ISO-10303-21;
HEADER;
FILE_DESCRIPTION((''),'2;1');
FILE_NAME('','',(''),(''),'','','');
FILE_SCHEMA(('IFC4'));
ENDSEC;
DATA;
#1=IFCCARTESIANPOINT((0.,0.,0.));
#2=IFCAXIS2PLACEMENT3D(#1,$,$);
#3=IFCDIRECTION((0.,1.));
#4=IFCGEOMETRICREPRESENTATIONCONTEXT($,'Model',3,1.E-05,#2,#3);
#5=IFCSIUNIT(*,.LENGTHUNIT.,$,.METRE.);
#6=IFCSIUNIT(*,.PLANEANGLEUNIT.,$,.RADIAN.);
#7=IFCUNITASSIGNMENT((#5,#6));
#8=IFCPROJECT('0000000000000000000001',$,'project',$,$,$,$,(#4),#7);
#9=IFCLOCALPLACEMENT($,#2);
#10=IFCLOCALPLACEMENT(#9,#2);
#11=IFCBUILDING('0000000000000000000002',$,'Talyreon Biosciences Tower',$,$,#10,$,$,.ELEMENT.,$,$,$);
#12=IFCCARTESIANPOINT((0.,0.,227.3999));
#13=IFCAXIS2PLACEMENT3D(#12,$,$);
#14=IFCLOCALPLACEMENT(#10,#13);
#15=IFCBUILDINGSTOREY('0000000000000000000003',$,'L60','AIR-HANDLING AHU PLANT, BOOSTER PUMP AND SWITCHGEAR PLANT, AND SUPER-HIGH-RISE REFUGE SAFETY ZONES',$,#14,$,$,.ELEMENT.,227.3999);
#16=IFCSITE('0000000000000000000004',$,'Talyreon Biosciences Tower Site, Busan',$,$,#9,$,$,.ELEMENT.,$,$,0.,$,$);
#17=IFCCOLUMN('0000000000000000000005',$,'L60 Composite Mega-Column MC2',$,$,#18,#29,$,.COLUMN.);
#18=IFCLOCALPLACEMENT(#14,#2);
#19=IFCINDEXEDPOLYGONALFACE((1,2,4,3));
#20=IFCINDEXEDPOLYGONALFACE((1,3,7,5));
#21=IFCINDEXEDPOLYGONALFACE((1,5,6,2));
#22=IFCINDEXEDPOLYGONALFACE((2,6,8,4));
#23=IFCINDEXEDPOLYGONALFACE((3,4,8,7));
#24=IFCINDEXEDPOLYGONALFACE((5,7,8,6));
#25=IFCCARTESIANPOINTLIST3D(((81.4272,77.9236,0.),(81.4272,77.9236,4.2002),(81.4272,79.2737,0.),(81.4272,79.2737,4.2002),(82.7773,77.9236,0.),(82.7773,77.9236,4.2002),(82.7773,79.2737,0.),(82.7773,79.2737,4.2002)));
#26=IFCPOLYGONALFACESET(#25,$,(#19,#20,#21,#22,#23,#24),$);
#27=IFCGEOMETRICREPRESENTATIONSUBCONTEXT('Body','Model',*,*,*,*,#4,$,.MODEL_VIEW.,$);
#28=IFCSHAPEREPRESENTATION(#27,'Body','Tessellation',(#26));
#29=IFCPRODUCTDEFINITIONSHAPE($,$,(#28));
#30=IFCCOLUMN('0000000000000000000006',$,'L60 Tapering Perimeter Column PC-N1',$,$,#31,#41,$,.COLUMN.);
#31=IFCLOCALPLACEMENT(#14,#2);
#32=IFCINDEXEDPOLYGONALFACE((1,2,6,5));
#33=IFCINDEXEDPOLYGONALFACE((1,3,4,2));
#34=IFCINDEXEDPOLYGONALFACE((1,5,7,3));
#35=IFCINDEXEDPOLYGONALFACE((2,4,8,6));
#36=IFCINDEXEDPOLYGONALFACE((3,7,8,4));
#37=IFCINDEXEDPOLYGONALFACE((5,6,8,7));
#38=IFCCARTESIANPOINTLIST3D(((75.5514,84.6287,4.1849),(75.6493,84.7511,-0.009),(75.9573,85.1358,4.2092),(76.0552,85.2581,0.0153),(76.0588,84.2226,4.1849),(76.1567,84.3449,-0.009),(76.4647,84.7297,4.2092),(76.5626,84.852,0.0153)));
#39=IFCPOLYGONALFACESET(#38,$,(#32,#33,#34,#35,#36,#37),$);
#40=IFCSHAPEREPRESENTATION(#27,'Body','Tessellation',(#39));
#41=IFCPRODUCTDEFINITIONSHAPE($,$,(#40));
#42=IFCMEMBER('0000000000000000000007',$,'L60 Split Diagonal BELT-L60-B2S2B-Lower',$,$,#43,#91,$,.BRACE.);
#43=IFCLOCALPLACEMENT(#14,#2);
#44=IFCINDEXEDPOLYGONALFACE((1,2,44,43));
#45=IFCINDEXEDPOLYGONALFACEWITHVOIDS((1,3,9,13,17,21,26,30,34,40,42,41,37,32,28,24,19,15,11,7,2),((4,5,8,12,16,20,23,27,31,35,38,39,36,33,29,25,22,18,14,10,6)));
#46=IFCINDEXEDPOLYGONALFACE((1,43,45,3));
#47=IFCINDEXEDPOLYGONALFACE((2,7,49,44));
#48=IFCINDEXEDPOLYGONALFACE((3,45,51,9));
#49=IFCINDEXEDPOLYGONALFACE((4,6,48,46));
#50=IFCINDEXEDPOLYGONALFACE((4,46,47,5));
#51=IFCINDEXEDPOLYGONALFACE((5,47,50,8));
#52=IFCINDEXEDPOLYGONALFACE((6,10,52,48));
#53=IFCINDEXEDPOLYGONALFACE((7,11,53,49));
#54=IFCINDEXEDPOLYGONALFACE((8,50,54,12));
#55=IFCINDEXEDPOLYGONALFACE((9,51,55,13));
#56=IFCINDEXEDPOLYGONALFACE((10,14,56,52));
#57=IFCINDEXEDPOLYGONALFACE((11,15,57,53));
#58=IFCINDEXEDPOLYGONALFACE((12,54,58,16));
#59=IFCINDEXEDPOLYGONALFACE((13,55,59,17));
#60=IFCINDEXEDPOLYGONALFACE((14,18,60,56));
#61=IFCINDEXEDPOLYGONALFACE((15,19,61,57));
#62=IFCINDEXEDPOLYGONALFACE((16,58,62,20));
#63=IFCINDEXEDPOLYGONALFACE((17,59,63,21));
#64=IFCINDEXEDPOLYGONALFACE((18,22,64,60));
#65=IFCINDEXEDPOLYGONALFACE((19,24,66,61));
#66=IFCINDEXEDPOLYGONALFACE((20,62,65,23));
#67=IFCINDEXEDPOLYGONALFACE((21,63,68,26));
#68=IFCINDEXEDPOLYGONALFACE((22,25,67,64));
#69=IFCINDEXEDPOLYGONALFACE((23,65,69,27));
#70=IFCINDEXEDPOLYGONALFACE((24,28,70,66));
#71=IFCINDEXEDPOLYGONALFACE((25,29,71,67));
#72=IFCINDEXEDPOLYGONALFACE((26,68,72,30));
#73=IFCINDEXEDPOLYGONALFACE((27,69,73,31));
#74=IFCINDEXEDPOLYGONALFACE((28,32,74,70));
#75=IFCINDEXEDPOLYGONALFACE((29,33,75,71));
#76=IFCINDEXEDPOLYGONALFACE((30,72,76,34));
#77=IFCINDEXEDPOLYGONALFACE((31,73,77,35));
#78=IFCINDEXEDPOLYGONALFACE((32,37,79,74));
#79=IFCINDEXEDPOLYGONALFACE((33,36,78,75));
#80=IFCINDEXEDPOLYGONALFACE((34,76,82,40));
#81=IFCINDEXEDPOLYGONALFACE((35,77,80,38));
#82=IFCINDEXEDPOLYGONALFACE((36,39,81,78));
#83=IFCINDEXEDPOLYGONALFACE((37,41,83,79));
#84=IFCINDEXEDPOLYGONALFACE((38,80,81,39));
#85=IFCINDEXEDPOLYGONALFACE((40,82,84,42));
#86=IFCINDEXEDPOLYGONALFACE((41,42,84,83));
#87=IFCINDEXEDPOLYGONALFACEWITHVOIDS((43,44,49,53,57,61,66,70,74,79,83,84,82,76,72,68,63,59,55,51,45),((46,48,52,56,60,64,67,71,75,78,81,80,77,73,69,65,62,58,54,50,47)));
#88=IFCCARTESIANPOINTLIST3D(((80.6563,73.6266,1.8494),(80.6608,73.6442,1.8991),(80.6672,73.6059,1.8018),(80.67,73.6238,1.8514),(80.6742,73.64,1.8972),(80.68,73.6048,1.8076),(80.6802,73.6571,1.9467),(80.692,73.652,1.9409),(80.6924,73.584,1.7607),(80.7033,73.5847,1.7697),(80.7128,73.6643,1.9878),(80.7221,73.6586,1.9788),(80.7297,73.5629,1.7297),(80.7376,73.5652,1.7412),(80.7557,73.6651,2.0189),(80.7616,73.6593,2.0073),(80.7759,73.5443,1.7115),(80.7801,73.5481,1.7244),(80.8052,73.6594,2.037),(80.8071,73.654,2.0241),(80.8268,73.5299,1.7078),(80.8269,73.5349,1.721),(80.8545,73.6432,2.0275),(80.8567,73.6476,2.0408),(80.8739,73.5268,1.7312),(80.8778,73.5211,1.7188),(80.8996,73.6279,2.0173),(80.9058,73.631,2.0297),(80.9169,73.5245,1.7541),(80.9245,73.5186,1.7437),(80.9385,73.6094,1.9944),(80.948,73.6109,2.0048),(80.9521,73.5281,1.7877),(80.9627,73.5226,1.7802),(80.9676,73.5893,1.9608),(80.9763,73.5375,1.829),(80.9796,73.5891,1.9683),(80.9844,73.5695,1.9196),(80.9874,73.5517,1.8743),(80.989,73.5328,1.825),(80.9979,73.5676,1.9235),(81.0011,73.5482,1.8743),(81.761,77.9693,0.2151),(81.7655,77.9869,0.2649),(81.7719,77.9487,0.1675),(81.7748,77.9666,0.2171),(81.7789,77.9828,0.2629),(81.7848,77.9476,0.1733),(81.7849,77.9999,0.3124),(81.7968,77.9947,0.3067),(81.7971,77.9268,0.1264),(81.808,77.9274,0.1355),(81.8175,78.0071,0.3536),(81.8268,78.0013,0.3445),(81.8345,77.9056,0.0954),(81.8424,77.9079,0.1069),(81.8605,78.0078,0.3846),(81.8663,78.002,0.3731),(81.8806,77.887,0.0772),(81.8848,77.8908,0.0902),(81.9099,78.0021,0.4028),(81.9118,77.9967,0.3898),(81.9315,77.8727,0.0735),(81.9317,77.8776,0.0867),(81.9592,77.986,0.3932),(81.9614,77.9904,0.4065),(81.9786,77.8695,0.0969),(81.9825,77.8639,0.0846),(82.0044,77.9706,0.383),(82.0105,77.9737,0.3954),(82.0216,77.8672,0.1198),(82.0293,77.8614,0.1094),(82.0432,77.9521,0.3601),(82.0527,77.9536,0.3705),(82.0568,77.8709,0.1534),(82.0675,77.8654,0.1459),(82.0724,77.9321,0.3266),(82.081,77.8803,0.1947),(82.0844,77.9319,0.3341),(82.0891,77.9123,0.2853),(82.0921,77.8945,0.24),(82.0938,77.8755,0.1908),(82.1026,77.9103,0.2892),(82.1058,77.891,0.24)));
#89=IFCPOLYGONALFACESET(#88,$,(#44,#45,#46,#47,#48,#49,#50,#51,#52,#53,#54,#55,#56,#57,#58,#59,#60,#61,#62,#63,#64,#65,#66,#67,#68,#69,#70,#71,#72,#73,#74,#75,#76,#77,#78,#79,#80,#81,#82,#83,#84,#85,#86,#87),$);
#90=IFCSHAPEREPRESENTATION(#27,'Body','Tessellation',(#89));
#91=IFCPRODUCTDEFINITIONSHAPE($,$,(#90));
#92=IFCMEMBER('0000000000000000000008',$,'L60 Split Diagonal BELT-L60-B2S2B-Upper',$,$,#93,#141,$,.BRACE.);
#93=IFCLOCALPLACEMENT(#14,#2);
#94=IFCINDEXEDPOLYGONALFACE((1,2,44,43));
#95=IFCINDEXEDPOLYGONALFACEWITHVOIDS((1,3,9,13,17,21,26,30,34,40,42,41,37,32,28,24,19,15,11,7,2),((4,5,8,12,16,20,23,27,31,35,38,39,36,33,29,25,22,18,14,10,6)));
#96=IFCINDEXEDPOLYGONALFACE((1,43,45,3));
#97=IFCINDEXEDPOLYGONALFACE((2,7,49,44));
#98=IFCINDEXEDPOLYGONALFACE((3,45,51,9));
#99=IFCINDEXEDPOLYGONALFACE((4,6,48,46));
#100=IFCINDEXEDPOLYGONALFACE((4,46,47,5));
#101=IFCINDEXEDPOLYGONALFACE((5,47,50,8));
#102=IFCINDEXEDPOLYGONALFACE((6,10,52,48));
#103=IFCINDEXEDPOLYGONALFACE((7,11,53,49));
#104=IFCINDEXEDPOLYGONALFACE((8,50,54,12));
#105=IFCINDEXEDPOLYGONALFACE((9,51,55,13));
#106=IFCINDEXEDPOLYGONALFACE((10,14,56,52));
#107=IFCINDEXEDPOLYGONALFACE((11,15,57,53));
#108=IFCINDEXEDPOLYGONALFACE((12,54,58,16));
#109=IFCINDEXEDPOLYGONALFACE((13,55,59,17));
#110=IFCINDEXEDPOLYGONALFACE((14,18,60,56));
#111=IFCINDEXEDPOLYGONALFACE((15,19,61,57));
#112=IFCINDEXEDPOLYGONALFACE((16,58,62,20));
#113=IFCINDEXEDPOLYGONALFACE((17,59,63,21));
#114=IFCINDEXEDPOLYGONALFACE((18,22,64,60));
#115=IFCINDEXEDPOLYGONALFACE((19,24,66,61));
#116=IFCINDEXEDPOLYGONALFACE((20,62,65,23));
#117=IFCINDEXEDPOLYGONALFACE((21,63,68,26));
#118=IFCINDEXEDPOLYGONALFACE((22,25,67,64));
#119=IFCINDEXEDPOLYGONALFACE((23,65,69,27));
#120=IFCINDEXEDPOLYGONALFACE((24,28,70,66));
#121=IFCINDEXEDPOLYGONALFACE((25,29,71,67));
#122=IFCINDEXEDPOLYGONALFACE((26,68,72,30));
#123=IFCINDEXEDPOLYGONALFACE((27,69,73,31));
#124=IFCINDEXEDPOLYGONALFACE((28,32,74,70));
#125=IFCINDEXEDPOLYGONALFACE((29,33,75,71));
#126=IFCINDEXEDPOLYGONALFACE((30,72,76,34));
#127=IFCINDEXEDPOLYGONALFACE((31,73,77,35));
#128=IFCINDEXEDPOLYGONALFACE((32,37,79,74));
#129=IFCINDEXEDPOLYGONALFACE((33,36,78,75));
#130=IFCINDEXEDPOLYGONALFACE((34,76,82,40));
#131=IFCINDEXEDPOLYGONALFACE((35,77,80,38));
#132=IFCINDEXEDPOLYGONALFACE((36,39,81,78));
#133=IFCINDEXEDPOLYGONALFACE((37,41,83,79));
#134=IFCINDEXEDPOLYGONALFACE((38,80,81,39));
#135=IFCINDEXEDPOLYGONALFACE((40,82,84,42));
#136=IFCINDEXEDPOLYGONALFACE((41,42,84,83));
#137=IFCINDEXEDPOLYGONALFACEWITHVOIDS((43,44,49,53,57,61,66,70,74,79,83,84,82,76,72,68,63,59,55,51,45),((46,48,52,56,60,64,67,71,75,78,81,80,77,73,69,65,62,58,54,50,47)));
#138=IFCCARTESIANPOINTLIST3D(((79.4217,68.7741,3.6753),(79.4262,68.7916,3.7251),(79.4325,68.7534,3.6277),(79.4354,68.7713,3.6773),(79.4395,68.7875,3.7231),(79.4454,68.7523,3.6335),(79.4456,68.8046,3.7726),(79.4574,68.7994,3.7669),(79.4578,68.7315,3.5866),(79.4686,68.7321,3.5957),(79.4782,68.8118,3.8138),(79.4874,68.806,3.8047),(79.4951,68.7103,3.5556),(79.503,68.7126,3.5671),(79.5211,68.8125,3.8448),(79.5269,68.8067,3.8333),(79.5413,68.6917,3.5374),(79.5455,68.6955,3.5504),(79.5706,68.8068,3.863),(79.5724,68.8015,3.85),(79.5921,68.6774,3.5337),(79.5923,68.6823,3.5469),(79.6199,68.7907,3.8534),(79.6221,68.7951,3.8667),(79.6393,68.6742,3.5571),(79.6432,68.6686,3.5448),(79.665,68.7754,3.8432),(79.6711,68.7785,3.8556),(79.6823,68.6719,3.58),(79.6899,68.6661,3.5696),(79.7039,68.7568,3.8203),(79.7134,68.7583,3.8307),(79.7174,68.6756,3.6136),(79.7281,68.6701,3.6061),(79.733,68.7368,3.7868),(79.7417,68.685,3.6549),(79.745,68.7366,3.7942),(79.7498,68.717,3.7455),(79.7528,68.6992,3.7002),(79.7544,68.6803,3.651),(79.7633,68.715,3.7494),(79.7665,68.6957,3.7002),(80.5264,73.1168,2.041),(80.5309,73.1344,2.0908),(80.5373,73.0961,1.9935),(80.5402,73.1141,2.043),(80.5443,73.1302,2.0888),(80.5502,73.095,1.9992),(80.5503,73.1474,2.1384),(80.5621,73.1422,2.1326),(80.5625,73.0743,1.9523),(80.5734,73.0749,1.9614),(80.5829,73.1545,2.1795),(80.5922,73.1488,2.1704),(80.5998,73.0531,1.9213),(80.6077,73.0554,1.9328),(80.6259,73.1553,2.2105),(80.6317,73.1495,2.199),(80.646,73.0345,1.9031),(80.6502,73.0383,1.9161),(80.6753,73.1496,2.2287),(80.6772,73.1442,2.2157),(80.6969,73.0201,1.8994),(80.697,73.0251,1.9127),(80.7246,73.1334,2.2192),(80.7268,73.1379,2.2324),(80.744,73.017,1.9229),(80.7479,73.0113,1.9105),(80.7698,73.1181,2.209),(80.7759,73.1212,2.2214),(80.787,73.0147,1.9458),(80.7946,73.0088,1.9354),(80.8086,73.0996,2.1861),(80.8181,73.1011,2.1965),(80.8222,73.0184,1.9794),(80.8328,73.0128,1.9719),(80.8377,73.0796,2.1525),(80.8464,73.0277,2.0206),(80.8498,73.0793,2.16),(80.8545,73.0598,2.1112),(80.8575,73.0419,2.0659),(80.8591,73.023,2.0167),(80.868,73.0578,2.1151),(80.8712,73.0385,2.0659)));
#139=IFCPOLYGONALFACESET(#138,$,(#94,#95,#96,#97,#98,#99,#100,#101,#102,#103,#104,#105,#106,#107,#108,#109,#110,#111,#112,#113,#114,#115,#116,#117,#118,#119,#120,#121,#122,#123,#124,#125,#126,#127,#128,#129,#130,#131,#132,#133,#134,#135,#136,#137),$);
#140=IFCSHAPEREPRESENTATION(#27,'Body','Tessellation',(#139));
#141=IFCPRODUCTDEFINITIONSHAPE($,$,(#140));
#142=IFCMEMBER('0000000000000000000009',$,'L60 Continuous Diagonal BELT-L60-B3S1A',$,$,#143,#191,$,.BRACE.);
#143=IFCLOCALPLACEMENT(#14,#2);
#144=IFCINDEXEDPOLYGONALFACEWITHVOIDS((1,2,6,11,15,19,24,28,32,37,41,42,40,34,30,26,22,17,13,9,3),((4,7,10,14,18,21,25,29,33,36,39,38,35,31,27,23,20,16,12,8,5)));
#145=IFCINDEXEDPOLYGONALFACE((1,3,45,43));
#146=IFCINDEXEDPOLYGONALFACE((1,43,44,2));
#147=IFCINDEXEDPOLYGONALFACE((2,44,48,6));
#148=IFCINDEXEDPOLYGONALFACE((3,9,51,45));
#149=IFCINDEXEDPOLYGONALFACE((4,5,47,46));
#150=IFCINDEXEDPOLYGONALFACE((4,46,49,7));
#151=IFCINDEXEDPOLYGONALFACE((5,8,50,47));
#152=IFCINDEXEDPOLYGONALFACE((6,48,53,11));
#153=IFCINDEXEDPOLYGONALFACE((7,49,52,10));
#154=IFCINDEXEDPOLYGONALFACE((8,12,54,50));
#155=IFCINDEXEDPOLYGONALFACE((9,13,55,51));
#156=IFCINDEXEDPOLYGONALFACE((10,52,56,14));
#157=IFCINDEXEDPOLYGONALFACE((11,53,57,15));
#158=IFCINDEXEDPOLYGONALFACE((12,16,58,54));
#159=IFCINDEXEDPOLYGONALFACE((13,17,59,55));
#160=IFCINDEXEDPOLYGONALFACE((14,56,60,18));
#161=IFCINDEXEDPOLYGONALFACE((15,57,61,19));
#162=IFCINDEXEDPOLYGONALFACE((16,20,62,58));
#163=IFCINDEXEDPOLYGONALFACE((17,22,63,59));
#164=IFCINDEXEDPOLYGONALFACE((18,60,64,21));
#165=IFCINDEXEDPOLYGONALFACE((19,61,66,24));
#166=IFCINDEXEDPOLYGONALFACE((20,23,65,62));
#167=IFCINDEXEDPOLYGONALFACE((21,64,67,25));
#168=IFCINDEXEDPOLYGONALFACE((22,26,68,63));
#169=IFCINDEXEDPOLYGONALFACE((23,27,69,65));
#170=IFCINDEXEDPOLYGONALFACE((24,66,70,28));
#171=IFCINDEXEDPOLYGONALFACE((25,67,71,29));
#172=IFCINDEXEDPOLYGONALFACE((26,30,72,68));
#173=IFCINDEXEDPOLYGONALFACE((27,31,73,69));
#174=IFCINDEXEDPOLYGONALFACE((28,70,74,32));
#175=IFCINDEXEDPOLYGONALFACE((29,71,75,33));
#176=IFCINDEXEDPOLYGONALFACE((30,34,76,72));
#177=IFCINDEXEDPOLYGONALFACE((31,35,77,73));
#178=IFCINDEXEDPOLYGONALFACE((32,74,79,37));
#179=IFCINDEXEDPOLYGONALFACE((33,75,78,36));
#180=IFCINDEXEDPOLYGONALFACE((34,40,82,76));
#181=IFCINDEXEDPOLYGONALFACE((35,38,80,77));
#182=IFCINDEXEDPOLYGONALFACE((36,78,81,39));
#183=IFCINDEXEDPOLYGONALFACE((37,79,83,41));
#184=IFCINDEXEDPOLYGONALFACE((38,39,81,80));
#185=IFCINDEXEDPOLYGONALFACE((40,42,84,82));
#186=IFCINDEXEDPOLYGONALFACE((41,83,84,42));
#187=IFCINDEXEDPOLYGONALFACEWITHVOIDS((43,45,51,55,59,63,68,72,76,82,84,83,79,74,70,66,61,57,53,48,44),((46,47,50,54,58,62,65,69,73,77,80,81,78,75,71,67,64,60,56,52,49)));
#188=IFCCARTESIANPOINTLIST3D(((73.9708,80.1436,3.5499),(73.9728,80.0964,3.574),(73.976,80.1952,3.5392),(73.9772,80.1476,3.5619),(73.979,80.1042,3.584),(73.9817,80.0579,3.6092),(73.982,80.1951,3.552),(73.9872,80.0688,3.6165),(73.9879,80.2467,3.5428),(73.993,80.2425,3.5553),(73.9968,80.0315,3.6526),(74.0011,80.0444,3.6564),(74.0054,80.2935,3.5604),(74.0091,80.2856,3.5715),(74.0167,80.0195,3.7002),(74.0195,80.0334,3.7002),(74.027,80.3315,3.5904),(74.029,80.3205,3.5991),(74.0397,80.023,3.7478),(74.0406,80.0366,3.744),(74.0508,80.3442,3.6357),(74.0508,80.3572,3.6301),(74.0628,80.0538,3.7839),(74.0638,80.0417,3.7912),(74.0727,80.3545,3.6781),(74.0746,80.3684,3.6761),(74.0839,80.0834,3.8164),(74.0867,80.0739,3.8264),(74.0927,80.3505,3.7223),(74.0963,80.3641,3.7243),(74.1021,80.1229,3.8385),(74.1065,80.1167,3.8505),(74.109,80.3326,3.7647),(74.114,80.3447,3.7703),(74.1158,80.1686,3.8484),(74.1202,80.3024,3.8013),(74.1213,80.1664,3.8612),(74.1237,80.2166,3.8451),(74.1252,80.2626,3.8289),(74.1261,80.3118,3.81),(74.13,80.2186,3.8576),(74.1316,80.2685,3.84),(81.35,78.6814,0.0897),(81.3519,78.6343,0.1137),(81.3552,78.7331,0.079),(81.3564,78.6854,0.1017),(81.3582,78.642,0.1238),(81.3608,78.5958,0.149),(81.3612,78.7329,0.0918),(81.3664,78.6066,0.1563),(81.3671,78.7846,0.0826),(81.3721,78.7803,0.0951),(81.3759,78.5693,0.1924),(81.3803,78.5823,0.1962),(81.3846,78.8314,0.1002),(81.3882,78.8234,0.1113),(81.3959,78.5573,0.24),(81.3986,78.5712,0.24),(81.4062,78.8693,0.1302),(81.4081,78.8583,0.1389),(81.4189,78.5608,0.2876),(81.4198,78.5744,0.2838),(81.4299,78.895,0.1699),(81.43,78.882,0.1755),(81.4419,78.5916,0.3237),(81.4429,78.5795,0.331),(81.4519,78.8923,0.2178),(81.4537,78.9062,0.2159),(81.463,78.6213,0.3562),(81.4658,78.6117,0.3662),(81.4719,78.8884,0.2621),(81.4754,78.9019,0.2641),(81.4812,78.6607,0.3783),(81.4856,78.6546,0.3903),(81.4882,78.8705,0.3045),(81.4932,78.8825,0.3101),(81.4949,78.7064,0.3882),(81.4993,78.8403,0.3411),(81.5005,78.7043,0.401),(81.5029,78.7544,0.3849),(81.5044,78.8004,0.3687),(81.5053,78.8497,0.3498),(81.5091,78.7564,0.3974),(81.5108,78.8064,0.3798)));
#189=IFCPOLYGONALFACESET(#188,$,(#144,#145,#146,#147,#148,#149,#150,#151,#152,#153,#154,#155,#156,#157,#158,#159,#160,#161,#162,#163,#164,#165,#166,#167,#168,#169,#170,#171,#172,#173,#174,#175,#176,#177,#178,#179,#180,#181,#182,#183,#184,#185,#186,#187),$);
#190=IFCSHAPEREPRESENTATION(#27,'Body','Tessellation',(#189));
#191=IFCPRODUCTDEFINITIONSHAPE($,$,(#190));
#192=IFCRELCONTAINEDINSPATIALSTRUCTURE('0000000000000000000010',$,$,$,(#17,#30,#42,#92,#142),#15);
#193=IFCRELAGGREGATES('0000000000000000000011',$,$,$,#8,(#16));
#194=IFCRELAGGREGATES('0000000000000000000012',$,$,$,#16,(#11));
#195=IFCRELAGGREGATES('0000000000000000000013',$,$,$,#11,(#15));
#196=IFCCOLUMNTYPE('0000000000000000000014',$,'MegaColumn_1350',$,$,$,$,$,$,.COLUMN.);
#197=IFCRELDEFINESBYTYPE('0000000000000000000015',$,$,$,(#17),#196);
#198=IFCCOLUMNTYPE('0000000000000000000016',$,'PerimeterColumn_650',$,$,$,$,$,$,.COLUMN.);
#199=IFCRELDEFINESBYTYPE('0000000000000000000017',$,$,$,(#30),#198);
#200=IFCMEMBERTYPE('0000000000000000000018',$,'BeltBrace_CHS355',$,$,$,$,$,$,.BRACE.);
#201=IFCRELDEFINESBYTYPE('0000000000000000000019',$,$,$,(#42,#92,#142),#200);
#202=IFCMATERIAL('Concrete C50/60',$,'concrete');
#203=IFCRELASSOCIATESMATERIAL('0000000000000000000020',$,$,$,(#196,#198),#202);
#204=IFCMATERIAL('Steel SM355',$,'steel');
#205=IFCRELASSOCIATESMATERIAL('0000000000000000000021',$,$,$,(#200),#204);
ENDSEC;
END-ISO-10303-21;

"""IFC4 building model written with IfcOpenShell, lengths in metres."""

from ifc_helpers import new_model, si_unit, direction, frame, origin, origin_2d, place, context, subcontext, project, spatial, rectangle, hollow_circle, extrude, material, material_profile, profile_set, type_object, element, save


model = new_model("IFC4")

# Units and contexts
model_context = context("Model", 3, precision=1e-05, world=origin(), true_north=direction((0.0, 1.0)))
body_context = subcontext(model_context, "Body", "Model", "MODEL_VIEW")
ifc_project = project(units=[si_unit("LENGTHUNIT", "METRE"), si_unit("PLANEANGLEUNIT", "RADIAN")], contexts=[model_context])

# Site, building, storey
site_placement = place(None, origin())
site = spatial("IfcSite", under=ifc_project, at=site_placement, Name="Talyreon Biosciences Tower Site, Busan", CompositionType="ELEMENT", RefElevation=0.0)
building_placement = place(site_placement, origin())
building = spatial("IfcBuilding", under=site, at=building_placement, Name="Talyreon Biosciences Tower", CompositionType="ELEMENT")
storey_placement = place(building_placement, frame((0.0, 0.0, 227.3999)))
storey = spatial("IfcBuildingStorey", under=building, at=storey_placement, Name="L60", Description="AIR-HANDLING AHU PLANT, BOOSTER PUMP AND SWITCHGEAR PLANT, AND SUPER-HIGH-RISE REFUGE SAFETY ZONES", CompositionType="ELEMENT", Elevation=227.3999)

# Columns
ifc_material_1 = material(Name="Concrete C50/60", Category="concrete")
ifc_material_profile_1 = material_profile(ifc_material_1, rectangle(XDim=1.3501, YDim=1.3501, at=origin_2d()), Name="RC 1350x1350")
ifc_profile_set_1 = profile_set([ifc_material_profile_1], Name="Concrete C50/60")
column_type_1 = type_object("IfcColumnType", Name="MegaColumn_1350", PredefinedType="COLUMN", material=ifc_profile_set_1)
column_1_placement = place(storey_placement, frame((82.1023, 78.5986, 0.0), z_axis=(0.0, 0.0, 1.0), x_axis=(1.0, 0.0, 0.0)))
element("IfcColumn", 1, at=column_1_placement, inside=storey, type_object=column_type_1, Name="L60 Composite Mega-Column MC2", PredefinedType="COLUMN", context=body_context, shape_type="SweptSolid", body=[
    extrude(rectangle(XDim=1.3501, YDim=1.3501, at=origin_2d()), origin(), (0.0, 0.0, 1.0), 4.2002),
])
ifc_material_profile_2 = material_profile(ifc_material_1, rectangle(XDim=0.6499, YDim=0.6499, at=origin_2d()), Name="RC 650x650")
ifc_profile_set_2 = profile_set([ifc_material_profile_2], Name="Concrete C50/60")
column_type_2 = type_object("IfcColumnType", Name="PerimeterColumn_650", PredefinedType="COLUMN", material=ifc_profile_set_2)
column_2_placement = place(storey_placement, frame((76.106, 84.8015, 0.0032), z_axis=(-0.023328, -0.029145, 0.999303), x_axis=(-0.780717, 0.624885, 0.0)))
element("IfcColumn", 2, at=column_2_placement, inside=storey, type_object=column_type_2, Name="L60 Tapering Perimeter Column PC-N1", PredefinedType="COLUMN", context=body_context, shape_type="SweptSolid", body=[
    extrude(rectangle(XDim=0.6499, YDim=0.6499, at=origin_2d()), origin(), (0.0, 0.0, 1.0), 4.1968),
])

# Members
ifc_material_2 = material(Name="Steel SM355", Category="steel")
ifc_material_profile_3 = material_profile(ifc_material_2, hollow_circle(Radius=0.1777, WallThickness=0.0142, at=origin_2d()), Name="CHS 355.6x14.2")
ifc_profile_set_3 = profile_set([ifc_material_profile_3], Name="Steel SM355")
member_type_1 = type_object("IfcMemberType", Name="BeltBrace_CHS355", PredefinedType="BRACE", material=ifc_profile_set_3)
for number, where, z_axis, x_axis, name in (
    (3, (81.9336, 77.9348, 0.24), (-0.231611, -0.910473, 0.34263), (0.969134, -0.246533, 0.0), "L60 Split Diagonal BELT-L60-B2S2B-Lower"),
    (4, (80.699, 73.0823, 2.0659), (-0.231611, -0.910473, 0.34263), (0.969134, -0.246533, 0.0), "L60 Split Diagonal BELT-L60-B2S2B-Upper"),
):
    element("IfcMember", number, at=place(storey_placement, frame(where, z_axis=z_axis, x_axis=x_axis)), inside=storey, type_object=member_type_1, Name=name, PredefinedType="BRACE", context=body_context, shape_type="SweptSolid", body=[
        extrude(hollow_circle(Radius=0.1777, WallThickness=0.0142, at=origin_2d()), origin(), (0.0, 0.0, 1.0), 4.7698),
    ])
member_1_placement = place(storey_placement, frame((81.4304, 78.7317, 0.24), z_axis=(-0.891173, 0.176584, 0.417886), x_axis=(-0.194368, -0.980929, 0.0)))
element("IfcMember", 5, at=member_1_placement, inside=storey, type_object=member_type_1, Name="L60 Continuous Diagonal BELT-L60-B3S1A", PredefinedType="BRACE", context=body_context, shape_type="SweptSolid", body=[
    extrude(hollow_circle(Radius=0.1777, WallThickness=0.0142, at=origin_2d()), origin(), (0.0, 0.0, 1.0), 8.2803),
])

save(model, "model.ifc")
